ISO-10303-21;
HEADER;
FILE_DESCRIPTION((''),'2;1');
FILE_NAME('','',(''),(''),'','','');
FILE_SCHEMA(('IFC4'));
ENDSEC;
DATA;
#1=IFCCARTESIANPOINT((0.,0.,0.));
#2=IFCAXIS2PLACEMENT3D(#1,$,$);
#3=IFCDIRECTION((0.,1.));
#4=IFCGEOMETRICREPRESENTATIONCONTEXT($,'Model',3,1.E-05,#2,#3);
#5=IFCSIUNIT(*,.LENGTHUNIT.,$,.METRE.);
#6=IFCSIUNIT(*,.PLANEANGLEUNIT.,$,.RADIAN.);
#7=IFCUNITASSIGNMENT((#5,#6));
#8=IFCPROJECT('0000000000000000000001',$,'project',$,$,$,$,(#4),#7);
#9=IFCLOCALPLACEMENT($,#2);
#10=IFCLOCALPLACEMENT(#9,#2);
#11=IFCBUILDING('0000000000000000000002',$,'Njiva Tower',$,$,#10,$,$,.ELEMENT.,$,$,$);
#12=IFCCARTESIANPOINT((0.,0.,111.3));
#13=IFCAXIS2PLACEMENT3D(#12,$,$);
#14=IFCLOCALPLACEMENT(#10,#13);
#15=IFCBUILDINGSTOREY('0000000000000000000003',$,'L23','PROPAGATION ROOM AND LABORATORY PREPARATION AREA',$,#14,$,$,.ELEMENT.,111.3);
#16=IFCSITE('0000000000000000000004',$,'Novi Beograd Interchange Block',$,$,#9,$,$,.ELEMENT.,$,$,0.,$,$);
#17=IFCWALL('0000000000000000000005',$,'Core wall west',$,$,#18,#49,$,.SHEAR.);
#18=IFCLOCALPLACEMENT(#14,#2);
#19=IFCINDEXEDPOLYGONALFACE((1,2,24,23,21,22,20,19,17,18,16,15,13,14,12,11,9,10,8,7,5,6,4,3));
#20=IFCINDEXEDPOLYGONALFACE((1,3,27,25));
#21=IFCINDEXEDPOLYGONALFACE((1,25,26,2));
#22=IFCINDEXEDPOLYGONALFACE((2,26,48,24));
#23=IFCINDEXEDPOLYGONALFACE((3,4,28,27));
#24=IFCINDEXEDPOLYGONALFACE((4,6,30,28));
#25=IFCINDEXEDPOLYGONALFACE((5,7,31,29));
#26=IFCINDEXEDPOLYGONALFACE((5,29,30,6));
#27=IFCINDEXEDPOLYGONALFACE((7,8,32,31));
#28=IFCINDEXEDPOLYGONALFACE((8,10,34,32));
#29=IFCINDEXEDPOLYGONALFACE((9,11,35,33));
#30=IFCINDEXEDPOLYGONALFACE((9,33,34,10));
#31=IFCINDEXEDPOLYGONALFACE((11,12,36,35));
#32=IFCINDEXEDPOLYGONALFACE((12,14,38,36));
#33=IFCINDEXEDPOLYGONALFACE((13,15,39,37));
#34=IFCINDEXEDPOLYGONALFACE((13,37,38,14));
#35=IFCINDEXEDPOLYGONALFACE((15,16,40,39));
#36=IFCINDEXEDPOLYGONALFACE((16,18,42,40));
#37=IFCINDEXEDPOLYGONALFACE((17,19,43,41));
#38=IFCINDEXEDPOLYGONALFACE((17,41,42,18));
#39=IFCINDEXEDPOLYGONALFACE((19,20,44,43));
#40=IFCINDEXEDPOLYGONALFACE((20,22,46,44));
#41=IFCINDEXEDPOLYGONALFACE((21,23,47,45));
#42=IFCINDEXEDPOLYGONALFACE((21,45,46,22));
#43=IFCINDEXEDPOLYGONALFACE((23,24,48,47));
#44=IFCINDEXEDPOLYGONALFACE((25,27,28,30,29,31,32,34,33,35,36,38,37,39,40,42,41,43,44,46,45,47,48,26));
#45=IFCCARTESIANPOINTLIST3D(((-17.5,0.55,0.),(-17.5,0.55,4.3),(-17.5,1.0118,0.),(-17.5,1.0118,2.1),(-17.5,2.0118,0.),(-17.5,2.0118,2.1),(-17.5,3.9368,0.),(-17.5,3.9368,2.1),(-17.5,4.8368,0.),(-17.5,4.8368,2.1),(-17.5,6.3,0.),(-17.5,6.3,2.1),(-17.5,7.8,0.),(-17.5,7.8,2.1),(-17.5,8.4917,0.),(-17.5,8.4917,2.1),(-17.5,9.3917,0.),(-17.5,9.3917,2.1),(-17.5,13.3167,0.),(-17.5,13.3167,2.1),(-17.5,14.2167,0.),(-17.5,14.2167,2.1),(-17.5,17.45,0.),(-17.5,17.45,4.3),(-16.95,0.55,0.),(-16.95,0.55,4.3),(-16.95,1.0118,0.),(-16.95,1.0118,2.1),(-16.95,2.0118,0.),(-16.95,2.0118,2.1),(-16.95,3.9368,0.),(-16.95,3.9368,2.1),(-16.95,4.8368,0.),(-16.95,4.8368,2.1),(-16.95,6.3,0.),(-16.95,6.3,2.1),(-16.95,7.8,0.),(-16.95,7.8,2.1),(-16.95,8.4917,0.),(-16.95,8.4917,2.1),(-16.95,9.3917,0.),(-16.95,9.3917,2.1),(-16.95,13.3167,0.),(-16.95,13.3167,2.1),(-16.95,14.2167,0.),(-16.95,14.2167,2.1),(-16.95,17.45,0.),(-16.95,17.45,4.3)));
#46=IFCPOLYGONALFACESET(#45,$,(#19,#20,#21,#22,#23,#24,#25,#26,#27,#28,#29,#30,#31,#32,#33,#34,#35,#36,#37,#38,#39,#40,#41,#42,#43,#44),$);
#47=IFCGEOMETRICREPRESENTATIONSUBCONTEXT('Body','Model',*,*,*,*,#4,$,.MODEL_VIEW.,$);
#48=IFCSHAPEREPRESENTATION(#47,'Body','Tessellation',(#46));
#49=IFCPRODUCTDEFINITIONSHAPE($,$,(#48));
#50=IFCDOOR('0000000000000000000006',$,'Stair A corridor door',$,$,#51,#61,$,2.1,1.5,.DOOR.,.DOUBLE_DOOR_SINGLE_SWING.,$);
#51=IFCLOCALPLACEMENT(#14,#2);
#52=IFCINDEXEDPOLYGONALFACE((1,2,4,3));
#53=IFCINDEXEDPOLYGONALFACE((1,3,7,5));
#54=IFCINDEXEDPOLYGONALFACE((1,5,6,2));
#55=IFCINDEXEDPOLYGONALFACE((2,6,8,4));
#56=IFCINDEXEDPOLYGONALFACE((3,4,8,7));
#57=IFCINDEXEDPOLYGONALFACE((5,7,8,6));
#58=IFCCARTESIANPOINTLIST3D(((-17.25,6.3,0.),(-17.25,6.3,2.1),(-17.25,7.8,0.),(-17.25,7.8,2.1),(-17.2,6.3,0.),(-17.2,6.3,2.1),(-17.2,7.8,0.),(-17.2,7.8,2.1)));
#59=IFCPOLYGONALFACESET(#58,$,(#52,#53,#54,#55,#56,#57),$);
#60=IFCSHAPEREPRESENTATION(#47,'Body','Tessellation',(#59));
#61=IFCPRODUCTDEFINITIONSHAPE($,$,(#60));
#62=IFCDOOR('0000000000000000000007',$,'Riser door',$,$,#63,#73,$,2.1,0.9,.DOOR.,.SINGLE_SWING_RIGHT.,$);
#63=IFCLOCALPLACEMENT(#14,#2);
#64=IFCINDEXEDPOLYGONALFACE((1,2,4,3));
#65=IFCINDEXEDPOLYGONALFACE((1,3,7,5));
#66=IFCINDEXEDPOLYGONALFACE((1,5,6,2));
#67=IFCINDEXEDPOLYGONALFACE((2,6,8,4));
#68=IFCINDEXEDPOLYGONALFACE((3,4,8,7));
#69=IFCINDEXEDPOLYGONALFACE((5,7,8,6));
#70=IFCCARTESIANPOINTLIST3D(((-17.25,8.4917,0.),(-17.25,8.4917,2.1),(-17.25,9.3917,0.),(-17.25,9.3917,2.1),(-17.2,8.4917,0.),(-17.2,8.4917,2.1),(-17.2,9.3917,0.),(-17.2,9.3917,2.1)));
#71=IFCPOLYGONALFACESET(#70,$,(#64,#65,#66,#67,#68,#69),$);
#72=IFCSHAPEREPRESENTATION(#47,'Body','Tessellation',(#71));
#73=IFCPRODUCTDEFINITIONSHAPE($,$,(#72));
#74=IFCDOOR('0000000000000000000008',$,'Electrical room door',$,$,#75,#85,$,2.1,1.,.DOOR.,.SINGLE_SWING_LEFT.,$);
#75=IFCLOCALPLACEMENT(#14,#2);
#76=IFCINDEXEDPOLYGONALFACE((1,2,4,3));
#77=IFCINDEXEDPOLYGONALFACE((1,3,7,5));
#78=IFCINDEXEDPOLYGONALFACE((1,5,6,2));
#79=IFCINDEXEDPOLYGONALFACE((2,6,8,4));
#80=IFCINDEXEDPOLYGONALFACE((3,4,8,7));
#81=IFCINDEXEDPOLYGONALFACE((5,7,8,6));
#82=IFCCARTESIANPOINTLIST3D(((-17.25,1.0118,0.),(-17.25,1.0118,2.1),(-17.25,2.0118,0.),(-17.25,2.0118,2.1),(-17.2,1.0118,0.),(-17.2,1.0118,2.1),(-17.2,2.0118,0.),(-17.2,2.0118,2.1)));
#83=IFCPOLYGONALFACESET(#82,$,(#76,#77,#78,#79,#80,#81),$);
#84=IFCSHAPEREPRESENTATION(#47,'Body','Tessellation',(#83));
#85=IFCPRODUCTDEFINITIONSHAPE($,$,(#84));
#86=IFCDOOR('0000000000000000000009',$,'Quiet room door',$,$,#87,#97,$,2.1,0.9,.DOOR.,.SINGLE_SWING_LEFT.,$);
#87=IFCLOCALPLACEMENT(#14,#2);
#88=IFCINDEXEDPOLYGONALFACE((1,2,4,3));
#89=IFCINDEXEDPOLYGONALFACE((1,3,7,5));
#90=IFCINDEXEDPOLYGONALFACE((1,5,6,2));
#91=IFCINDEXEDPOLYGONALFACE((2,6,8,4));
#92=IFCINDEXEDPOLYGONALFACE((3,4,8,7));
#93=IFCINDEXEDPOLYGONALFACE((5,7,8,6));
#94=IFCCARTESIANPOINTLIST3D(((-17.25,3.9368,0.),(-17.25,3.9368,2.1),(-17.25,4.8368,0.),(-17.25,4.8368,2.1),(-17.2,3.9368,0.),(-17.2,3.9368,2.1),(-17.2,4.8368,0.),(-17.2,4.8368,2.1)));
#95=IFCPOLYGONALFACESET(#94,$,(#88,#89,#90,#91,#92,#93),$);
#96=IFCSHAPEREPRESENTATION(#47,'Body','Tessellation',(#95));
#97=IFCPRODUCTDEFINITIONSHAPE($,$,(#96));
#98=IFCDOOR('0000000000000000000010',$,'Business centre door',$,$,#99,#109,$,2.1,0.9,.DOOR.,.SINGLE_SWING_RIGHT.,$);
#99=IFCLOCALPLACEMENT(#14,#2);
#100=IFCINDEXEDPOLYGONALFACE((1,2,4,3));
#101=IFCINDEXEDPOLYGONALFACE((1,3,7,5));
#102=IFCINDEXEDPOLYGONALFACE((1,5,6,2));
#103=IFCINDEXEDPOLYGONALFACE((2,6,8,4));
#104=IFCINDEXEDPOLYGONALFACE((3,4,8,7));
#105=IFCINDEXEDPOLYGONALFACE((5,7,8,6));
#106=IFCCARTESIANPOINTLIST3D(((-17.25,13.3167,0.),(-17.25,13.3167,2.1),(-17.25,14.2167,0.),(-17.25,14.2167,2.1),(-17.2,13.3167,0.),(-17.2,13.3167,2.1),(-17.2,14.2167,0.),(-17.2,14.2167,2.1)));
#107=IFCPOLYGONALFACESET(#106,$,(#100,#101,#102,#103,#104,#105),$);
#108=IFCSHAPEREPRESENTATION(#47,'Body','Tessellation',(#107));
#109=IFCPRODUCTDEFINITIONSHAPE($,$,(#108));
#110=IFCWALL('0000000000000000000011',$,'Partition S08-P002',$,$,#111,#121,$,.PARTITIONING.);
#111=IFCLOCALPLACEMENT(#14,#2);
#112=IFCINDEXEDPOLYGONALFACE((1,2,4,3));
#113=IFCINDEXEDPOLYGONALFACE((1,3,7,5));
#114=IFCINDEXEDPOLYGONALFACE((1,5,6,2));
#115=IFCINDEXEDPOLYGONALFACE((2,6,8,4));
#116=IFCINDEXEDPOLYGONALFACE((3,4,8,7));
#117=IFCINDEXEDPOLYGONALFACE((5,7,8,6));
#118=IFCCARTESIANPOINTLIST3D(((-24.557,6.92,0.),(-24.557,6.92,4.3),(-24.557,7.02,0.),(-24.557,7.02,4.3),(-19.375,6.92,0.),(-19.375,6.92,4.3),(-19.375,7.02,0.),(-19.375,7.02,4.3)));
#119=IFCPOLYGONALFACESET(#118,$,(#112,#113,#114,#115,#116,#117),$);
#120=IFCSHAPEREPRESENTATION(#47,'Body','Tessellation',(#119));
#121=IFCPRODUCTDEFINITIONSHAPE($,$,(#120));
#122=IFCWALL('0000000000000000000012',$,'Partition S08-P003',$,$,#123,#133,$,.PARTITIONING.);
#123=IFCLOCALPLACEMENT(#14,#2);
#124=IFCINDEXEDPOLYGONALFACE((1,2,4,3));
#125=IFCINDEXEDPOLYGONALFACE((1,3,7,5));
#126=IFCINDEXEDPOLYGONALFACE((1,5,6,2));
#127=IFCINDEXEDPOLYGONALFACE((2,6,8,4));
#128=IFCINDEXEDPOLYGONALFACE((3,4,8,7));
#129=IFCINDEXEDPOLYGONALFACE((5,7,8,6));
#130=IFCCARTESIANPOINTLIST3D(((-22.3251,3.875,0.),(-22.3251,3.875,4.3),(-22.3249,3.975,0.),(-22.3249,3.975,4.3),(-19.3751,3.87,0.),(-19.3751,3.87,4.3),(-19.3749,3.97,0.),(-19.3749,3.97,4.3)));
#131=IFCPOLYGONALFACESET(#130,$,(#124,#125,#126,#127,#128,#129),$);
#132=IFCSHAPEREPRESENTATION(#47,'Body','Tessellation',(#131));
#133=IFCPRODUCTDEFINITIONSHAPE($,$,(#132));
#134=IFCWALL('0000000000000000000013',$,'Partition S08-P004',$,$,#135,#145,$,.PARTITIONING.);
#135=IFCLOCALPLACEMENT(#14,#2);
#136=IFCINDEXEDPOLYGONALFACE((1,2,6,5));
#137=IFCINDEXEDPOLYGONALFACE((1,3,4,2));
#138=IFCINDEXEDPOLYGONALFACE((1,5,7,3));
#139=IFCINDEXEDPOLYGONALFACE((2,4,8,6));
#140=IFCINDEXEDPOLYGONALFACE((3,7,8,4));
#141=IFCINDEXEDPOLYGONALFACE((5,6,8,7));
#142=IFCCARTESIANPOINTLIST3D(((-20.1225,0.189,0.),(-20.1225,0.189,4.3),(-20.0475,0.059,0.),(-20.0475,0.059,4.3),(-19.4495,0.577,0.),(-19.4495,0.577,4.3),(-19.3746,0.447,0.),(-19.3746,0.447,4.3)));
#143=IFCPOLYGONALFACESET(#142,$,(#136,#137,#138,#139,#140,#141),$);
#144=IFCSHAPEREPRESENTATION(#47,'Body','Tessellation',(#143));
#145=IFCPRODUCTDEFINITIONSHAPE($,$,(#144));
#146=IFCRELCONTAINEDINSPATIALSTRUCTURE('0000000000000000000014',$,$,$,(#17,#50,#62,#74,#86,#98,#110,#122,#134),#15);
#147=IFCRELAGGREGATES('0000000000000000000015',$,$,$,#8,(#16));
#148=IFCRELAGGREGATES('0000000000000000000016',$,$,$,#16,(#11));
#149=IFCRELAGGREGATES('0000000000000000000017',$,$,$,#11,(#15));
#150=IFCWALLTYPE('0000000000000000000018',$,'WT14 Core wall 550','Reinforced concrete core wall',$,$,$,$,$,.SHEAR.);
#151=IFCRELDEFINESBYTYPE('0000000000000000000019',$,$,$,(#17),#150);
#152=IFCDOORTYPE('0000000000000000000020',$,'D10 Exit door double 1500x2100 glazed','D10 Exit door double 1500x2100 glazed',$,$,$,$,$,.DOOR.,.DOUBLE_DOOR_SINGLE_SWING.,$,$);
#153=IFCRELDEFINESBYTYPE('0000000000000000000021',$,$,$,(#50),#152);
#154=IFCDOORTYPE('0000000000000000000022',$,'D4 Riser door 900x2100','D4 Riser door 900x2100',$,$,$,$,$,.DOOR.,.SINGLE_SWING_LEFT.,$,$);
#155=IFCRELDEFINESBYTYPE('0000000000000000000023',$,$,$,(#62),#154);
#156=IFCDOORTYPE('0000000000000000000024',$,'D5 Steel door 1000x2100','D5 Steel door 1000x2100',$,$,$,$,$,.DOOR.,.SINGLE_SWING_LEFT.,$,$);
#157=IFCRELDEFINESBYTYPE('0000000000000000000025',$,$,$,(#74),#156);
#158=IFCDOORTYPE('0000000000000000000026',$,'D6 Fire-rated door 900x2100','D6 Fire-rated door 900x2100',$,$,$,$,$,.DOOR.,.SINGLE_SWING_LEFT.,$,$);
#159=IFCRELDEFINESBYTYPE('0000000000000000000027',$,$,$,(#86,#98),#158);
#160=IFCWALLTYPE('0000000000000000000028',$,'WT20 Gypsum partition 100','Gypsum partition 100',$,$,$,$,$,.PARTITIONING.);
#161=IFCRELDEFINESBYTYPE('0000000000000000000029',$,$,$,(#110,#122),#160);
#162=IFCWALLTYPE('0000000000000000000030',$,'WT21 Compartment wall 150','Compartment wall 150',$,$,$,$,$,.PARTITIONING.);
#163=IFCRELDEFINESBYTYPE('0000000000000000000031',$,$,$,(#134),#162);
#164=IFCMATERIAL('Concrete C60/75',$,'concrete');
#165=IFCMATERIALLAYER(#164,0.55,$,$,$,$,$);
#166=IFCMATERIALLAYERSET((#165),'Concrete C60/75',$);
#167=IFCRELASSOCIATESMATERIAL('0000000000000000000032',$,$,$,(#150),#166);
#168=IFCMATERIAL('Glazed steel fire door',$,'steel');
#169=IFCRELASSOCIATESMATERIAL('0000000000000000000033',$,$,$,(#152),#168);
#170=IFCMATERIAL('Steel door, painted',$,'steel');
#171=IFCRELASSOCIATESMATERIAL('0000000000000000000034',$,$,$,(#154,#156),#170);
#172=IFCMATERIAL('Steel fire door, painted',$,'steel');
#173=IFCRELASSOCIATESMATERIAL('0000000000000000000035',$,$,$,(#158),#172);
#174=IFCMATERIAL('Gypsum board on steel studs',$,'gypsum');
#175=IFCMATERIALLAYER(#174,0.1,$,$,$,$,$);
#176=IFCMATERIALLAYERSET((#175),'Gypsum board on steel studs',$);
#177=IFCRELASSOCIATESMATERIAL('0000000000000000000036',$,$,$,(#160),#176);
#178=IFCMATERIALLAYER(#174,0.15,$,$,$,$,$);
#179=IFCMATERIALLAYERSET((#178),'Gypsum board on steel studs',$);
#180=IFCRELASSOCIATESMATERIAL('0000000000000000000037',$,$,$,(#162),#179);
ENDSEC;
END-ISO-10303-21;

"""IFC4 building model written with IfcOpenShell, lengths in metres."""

from ifc_helpers import new_model, si_unit, direction, frame, frame_2d, origin, place, context, subcontext, project, spatial, rectangle, extrude, material, layer, layer_set, type_object, element, fill, save


model = new_model("IFC4")

# Units and contexts
model_context = context("Model", 3, precision=1e-05, world=origin(), true_north=direction((0.0, 1.0)))
body_context = subcontext(model_context, "Body", "Model", "MODEL_VIEW")
ifc_project = project(units=[si_unit("LENGTHUNIT", "METRE"), si_unit("PLANEANGLEUNIT", "RADIAN")], contexts=[model_context])

# Site, building, storey
site_placement = place(None, origin())
site = spatial("IfcSite", under=ifc_project, at=site_placement, Name="Novi Beograd Interchange Block", CompositionType="ELEMENT", RefElevation=0.0)
building_placement = place(site_placement, origin())
building = spatial("IfcBuilding", under=site, at=building_placement, Name="Njiva Tower", CompositionType="ELEMENT")
storey_placement = place(building_placement, frame((0.0, 0.0, 111.3)))
storey = spatial("IfcBuildingStorey", under=building, at=storey_placement, Name="L23", Description="PROPAGATION ROOM AND LABORATORY PREPARATION AREA", CompositionType="ELEMENT", Elevation=111.3)

# Wall, openings, doors
ifc_material_1 = material(Name="Concrete C60/75", Category="concrete")
ifc_layer_1 = layer(ifc_material_1, 0.55)
ifc_layer_set_1 = layer_set([ifc_layer_1], Name="Concrete C60/75")
wall_type_1 = type_object("IfcWallType", Name="WT14 Core wall 550", Description="Reinforced concrete core wall", PredefinedType="SHEAR", material=ifc_layer_set_1)
wall_1_placement = place(storey_placement, frame((-17.225, 0.55, 0.0), z_axis=(0.0, 0.0, 1.0), x_axis=(0.0, 1.0, 0.0)))
wall_1 = element("IfcWall", 1, at=wall_1_placement, inside=storey, type_object=wall_type_1, Name="Core wall west", PredefinedType="SHEAR", context=body_context, shape_type="SweptSolid", body=[
    extrude(rectangle(XDim=16.9, YDim=0.55, at=frame_2d((8.45, 0.0))), origin(), (0.0, 0.0, 1.0), 4.3),
])
opening_1_placement = place(wall_1_placement, frame((5.75, 0.0, 0.0)))
opening_1 = element("IfcOpeningElement", 2, at=opening_1_placement, cuts=wall_1, PredefinedType="OPENING", context=body_context, shape_type="SweptSolid", body=[
    extrude(rectangle(XDim=1.5, YDim=2.1, at=frame_2d((0.75, 1.05))), frame((0.0, 0.285, 0.0), z_axis=(0.0, -1.0, 0.0), x_axis=(1.0, 0.0, 0.0)), (0.0, 0.0, 1.0), 0.57),
])
opening_2_placement = place(wall_1_placement, frame((0.4618, 0.0, 0.0)))
opening_2 = element("IfcOpeningElement", 3, at=opening_2_placement, cuts=wall_1, PredefinedType="OPENING", context=body_context, shape_type="SweptSolid", body=[
    extrude(rectangle(XDim=1.0, YDim=2.1, at=frame_2d((0.5, 1.05))), frame((0.0, 0.285, 0.0), z_axis=(0.0, -1.0, 0.0), x_axis=(1.0, 0.0, 0.0)), (0.0, 0.0, 1.0), 0.57),
])
opening_3_placement = place(wall_1_placement, frame((3.3868, 0.0, 0.0)))
opening_3 = element("IfcOpeningElement", 4, at=opening_3_placement, cuts=wall_1, PredefinedType="OPENING", context=body_context, shape_type="SweptSolid", body=[
    extrude(rectangle(XDim=0.9, YDim=2.1, at=frame_2d((0.45, 1.05))), frame((0.0, 0.285, 0.0), z_axis=(0.0, -1.0, 0.0), x_axis=(1.0, 0.0, 0.0)), (0.0, 0.0, 1.0), 0.57),
])
opening_4_placement = place(wall_1_placement, frame((7.9417, 0.0, 0.0)))
opening_4 = element("IfcOpeningElement", 5, at=opening_4_placement, cuts=wall_1, PredefinedType="OPENING", context=body_context, shape_type="SweptSolid", body=[
    extrude(rectangle(XDim=0.9, YDim=2.1, at=frame_2d((0.45, 1.05))), frame((0.0, 0.285, 0.0), z_axis=(0.0, -1.0, 0.0), x_axis=(1.0, 0.0, 0.0)), (0.0, 0.0, 1.0), 0.57),
])
opening_5_placement = place(wall_1_placement, frame((12.7667, 0.0, 0.0)))
opening_5 = element("IfcOpeningElement", 6, at=opening_5_placement, cuts=wall_1, PredefinedType="OPENING", context=body_context, shape_type="SweptSolid", body=[
    extrude(rectangle(XDim=0.9, YDim=2.1, at=frame_2d((0.45, 1.05))), frame((0.0, 0.285, 0.0), z_axis=(0.0, -1.0, 0.0), x_axis=(1.0, 0.0, 0.0)), (0.0, 0.0, 1.0), 0.57),
])
ifc_material_2 = material(Name="Glazed steel fire door", Category="steel")
door_type_1 = type_object("IfcDoorType", Name="D10 Exit door double 1500x2100 glazed", Description="D10 Exit door double 1500x2100 glazed", OperationType="DOUBLE_DOOR_SINGLE_SWING", PredefinedType="DOOR", material=ifc_material_2)
door_1_placement = place(opening_1_placement, origin())
door_1 = element("IfcDoor", 7, at=door_1_placement, inside=storey, type_object=door_type_1, Name="Stair A corridor door", OperationType="DOUBLE_DOOR_SINGLE_SWING", OverallHeight=2.1, OverallWidth=1.5, PredefinedType="DOOR", context=body_context, shape_type="SweptSolid", body=[
    extrude(rectangle(XDim=1.5, YDim=2.1, at=frame_2d((0.75, 1.05))), frame((0.0, 0.025, 0.0), z_axis=(0.0, -1.0, 0.0), x_axis=(1.0, 0.0, 0.0)), (0.0, 0.0, 1.0), 0.05),
])
fill(opening_1, door_1)
ifc_material_3 = material(Name="Steel door, painted", Category="steel")
door_type_2 = type_object("IfcDoorType", Name="D4 Riser door 900x2100", Description="D4 Riser door 900x2100", OperationType="SINGLE_SWING_LEFT", PredefinedType="DOOR", material=ifc_material_3)
door_2_placement = place(opening_4_placement, origin())
door_2 = element("IfcDoor", 8, at=door_2_placement, inside=storey, type_object=door_type_2, Name="Riser door", OperationType="SINGLE_SWING_RIGHT", OverallHeight=2.1, OverallWidth=0.9, PredefinedType="DOOR", context=body_context, shape_type="SweptSolid", body=[
    extrude(rectangle(XDim=0.9, YDim=2.1, at=frame_2d((0.45, 1.05))), frame((0.0, 0.025, 0.0), z_axis=(0.0, -1.0, 0.0), x_axis=(1.0, 0.0, 0.0)), (0.0, 0.0, 1.0), 0.05),
])
fill(opening_4, door_2)
door_type_3 = type_object("IfcDoorType", Name="D5 Steel door 1000x2100", Description="D5 Steel door 1000x2100", OperationType="SINGLE_SWING_LEFT", PredefinedType="DOOR", material=ifc_material_3)
door_3_placement = place(opening_2_placement, origin())
door_3 = element("IfcDoor", 9, at=door_3_placement, inside=storey, type_object=door_type_3, Name="Electrical room door", OperationType="SINGLE_SWING_LEFT", OverallHeight=2.1, OverallWidth=1.0, PredefinedType="DOOR", context=body_context, shape_type="SweptSolid", body=[
    extrude(rectangle(XDim=1.0, YDim=2.1, at=frame_2d((0.5, 1.05))), frame((0.0, 0.025, 0.0), z_axis=(0.0, -1.0, 0.0), x_axis=(1.0, 0.0, 0.0)), (0.0, 0.0, 1.0), 0.05),
])
fill(opening_2, door_3)
ifc_material_4 = material(Name="Steel fire door, painted", Category="steel")
door_type_4 = type_object("IfcDoorType", Name="D6 Fire-rated door 900x2100", Description="D6 Fire-rated door 900x2100", OperationType="SINGLE_SWING_LEFT", PredefinedType="DOOR", material=ifc_material_4)
door_4_placement = place(opening_3_placement, origin())
door_4 = element("IfcDoor", 10, at=door_4_placement, inside=storey, type_object=door_type_4, Name="Quiet room door", OperationType="SINGLE_SWING_LEFT", OverallHeight=2.1, OverallWidth=0.9, PredefinedType="DOOR", context=body_context, shape_type="SweptSolid", body=[
    extrude(rectangle(XDim=0.9, YDim=2.1, at=frame_2d((0.45, 1.05))), frame((0.0, 0.025, 0.0), z_axis=(0.0, -1.0, 0.0), x_axis=(1.0, 0.0, 0.0)), (0.0, 0.0, 1.0), 0.05),
])
fill(opening_3, door_4)
door_5_placement = place(opening_5_placement, origin())
door_5 = element("IfcDoor", 11, at=door_5_placement, inside=storey, type_object=door_type_4, Name="Business centre door", OperationType="SINGLE_SWING_RIGHT", OverallHeight=2.1, OverallWidth=0.9, PredefinedType="DOOR", context=body_context, shape_type="SweptSolid", body=[
    extrude(rectangle(XDim=0.9, YDim=2.1, at=frame_2d((0.45, 1.05))), frame((0.0, 0.025, 0.0), z_axis=(0.0, -1.0, 0.0), x_axis=(1.0, 0.0, 0.0)), (0.0, 0.0, 1.0), 0.05),
])
fill(opening_5, door_5)

# Walls
ifc_material_5 = material(Name="Gypsum board on steel studs", Category="gypsum")
ifc_layer_2 = layer(ifc_material_5, 0.1)
ifc_layer_set_2 = layer_set([ifc_layer_2], Name="Gypsum board on steel studs")
wall_type_2 = type_object("IfcWallType", Name="WT20 Gypsum partition 100", Description="Gypsum partition 100", PredefinedType="PARTITIONING", material=ifc_layer_set_2)
wall_2_placement = place(storey_placement, frame((-24.557, 6.97, 0.0), z_axis=(0.0, 0.0, 1.0), x_axis=(1.0, 0.0, 0.0)))
element("IfcWall", 12, at=wall_2_placement, inside=storey, type_object=wall_type_2, Name="Partition S08-P002", PredefinedType="PARTITIONING", context=body_context, shape_type="SweptSolid", body=[
    extrude(rectangle(XDim=5.182, YDim=0.1, at=frame_2d((2.591, 0.0))), origin(), (0.0, 0.0, 1.0), 4.3),
])
wall_3_placement = place(storey_placement, frame((-22.325, 3.925, 0.0), z_axis=(0.0, 0.0, 1.0), x_axis=(0.999999, -0.001695, 0.0)))
element("IfcWall", 13, at=wall_3_placement, inside=storey, type_object=wall_type_2, Name="Partition S08-P003", PredefinedType="PARTITIONING", context=body_context, shape_type="SweptSolid", body=[
    extrude(rectangle(XDim=2.95, YDim=0.1, at=frame_2d((1.475, 0.0))), origin(), (0.0, 0.0, 1.0), 4.3),
])
ifc_layer_3 = layer(ifc_material_5, 0.15)
ifc_layer_set_3 = layer_set([ifc_layer_3], Name="Gypsum board on steel studs")
wall_type_3 = type_object("IfcWallType", Name="WT21 Compartment wall 150", Description="Compartment wall 150", PredefinedType="PARTITIONING", material=ifc_layer_set_3)
wall_4_placement = place(storey_placement, frame((-20.085, 0.124, 0.0), z_axis=(0.0, 0.0, 1.0), x_axis=(0.866336, 0.499462, 0.0)))
element("IfcWall", 14, at=wall_4_placement, inside=storey, type_object=wall_type_3, Name="Partition S08-P004", PredefinedType="PARTITIONING", context=body_context, shape_type="SweptSolid", body=[
    extrude(rectangle(XDim=0.7768, YDim=0.15, at=frame_2d((0.3884, 0.0))), origin(), (0.0, 0.0, 1.0), 4.3),
])

save(model, "model.ifc")
